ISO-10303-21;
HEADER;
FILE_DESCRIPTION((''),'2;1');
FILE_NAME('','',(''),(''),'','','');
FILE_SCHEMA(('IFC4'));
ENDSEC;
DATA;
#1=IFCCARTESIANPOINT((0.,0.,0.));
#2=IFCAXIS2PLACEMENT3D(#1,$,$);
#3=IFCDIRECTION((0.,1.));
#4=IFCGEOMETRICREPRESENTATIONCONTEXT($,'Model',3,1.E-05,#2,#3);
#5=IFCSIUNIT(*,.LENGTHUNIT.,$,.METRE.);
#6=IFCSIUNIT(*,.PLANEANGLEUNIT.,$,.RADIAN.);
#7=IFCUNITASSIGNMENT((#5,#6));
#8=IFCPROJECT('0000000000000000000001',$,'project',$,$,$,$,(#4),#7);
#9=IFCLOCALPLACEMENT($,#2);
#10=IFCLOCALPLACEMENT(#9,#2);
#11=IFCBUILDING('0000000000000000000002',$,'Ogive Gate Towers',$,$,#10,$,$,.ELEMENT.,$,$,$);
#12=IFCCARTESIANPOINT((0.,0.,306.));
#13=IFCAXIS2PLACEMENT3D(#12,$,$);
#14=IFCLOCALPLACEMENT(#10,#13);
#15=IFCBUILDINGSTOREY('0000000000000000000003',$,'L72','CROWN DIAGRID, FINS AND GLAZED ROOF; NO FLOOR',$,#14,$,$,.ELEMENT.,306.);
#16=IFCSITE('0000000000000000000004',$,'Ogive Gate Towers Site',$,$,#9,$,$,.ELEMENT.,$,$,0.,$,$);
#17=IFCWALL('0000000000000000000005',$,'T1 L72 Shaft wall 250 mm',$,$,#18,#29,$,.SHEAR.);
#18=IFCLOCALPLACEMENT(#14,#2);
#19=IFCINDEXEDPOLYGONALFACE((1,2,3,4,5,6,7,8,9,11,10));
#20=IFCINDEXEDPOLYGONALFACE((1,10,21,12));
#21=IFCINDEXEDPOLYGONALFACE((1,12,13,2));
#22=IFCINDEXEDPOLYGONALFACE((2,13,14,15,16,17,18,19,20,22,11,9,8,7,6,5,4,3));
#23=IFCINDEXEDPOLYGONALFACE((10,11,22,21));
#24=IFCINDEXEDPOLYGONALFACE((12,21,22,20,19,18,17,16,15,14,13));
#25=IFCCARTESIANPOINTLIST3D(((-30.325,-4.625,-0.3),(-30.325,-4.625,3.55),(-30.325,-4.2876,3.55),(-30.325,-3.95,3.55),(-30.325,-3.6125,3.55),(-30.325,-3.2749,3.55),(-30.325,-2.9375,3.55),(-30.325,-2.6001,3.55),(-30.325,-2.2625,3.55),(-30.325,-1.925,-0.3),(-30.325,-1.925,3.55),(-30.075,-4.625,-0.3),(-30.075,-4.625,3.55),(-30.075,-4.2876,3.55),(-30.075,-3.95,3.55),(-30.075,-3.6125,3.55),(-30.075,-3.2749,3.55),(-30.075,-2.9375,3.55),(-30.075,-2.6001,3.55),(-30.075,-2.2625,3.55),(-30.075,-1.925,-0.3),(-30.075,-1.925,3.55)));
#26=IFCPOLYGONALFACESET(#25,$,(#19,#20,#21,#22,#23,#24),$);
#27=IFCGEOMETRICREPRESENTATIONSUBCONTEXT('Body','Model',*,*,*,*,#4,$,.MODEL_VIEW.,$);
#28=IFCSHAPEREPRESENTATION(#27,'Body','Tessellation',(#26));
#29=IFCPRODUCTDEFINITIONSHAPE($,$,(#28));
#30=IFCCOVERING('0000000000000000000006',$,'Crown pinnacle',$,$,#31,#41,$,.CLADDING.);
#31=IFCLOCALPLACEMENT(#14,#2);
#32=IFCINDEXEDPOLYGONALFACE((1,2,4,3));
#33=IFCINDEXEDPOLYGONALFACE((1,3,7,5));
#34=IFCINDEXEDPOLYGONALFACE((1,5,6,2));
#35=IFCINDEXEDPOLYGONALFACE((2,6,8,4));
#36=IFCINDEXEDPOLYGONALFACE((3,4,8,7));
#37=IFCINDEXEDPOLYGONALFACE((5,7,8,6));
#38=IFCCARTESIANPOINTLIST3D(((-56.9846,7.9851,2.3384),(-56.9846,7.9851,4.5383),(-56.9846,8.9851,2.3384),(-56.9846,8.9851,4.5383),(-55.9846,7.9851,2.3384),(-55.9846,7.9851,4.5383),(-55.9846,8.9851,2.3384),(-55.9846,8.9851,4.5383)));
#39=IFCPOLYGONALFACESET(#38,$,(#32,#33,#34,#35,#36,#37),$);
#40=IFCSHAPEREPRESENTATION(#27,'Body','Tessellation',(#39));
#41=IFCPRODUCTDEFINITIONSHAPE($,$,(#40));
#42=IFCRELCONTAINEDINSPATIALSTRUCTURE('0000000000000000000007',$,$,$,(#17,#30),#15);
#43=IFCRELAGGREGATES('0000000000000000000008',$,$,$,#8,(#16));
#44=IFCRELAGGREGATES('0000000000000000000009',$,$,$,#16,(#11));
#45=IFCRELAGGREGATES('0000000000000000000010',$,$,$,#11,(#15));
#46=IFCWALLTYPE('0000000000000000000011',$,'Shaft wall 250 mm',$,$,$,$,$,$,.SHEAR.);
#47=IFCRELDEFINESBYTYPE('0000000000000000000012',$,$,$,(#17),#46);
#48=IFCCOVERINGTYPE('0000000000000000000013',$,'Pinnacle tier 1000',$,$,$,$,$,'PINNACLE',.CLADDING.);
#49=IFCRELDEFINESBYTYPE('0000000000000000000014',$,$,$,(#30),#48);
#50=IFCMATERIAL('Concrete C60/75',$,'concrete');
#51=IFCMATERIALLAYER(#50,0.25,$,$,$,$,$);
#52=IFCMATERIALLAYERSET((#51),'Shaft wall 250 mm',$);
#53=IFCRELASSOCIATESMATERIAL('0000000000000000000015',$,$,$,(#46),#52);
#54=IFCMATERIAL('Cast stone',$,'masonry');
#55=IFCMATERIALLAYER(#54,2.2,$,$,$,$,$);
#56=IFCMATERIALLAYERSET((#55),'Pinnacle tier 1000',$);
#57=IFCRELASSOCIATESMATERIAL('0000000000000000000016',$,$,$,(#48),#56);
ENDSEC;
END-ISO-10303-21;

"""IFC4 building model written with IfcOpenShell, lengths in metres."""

from ifc_helpers import new_model, si_unit, direction, frame, origin, place, context, subcontext, project, spatial, polyline, outline, extrude, material, layer, layer_set, type_object, element, save


model = new_model("IFC4")

# Units and contexts
model_context = context("Model", 3, precision=1e-05, world=origin(), true_north=direction((0.0, 1.0)))
body_context = subcontext(model_context, "Body", "Model", "MODEL_VIEW")
ifc_project = project(units=[si_unit("LENGTHUNIT", "METRE"), si_unit("PLANEANGLEUNIT", "RADIAN")], contexts=[model_context])

# Site, building, storey
site_placement = place(None, origin())
site = spatial("IfcSite", under=ifc_project, at=site_placement, Name="Ogive Gate Towers Site", CompositionType="ELEMENT", RefElevation=0.0)
building_placement = place(site_placement, origin())
building = spatial("IfcBuilding", under=site, at=building_placement, Name="Ogive Gate Towers", CompositionType="ELEMENT")
storey_placement = place(building_placement, frame((0.0, 0.0, 306.0)))
storey = spatial("IfcBuildingStorey", under=building, at=storey_placement, Name="L72", Description="CROWN DIAGRID, FINS AND GLAZED ROOF; NO FLOOR", CompositionType="ELEMENT", Elevation=306.0)

# Wall
ifc_material_1 = material(Name="Concrete C60/75", Category="concrete")
ifc_layer_1 = layer(ifc_material_1, 0.25)
ifc_layer_set_1 = layer_set([ifc_layer_1], Name="Shaft wall 250 mm")
wall_type_1 = type_object("IfcWallType", Name="Shaft wall 250 mm", PredefinedType="SHEAR", material=ifc_layer_set_1)
wall_1_placement = place(storey_placement, frame((-30.2, -4.625, -0.3), z_axis=(0.0, 0.0, 1.0), x_axis=(0.0, 1.0, 0.0)))
element("IfcWall", 1, at=wall_1_placement, inside=storey, type_object=wall_type_1, Name="T1 L72 Shaft wall 250 mm", PredefinedType="SHEAR", context=body_context, shape_type="SweptSolid", body=[
    extrude(outline(polyline([(0.0, 0.0), (2.7, 0.0), (2.7, 3.8501), (2.3625, 3.8501), (2.0249, 3.8501), (1.6875, 3.8501), (1.3501, 3.8501), (1.0125, 3.8501), (0.675, 3.8501), (0.3374, 3.8501), (0.0, 3.8501), (0.0, 0.0)])), frame((0.0, 0.125, 0.0), z_axis=(0.0, -1.0, 0.0), x_axis=(1.0, 0.0, 0.0)), (0.0, 0.0, 1.0), 0.25),
])

# Covering
ifc_material_2 = material(Name="Cast stone", Category="masonry")
ifc_layer_2 = layer(ifc_material_2, 2.2)
ifc_layer_set_2 = layer_set([ifc_layer_2], Name="Pinnacle tier 1000")
covering_type = type_object("IfcCoveringType", Name="Pinnacle tier 1000", ElementType="PINNACLE", PredefinedType="CLADDING", material=ifc_layer_set_2)
covering_placement = place(storey_placement, frame((0.0, 0.0, 2.3384)))
element("IfcCovering", 2, at=covering_placement, inside=storey, type_object=covering_type, Name="Crown pinnacle", PredefinedType="CLADDING", context=body_context, shape_type="SweptSolid", body=[
    extrude(outline(polyline([(-56.9846, 7.9851), (-55.9846, 7.9851), (-55.9846, 8.9851), (-56.9846, 8.9851), (-56.9846, 7.9851)])), origin(), (0.0, 0.0, 1.0), 2.2),
])

save(model, "model.ifc")
